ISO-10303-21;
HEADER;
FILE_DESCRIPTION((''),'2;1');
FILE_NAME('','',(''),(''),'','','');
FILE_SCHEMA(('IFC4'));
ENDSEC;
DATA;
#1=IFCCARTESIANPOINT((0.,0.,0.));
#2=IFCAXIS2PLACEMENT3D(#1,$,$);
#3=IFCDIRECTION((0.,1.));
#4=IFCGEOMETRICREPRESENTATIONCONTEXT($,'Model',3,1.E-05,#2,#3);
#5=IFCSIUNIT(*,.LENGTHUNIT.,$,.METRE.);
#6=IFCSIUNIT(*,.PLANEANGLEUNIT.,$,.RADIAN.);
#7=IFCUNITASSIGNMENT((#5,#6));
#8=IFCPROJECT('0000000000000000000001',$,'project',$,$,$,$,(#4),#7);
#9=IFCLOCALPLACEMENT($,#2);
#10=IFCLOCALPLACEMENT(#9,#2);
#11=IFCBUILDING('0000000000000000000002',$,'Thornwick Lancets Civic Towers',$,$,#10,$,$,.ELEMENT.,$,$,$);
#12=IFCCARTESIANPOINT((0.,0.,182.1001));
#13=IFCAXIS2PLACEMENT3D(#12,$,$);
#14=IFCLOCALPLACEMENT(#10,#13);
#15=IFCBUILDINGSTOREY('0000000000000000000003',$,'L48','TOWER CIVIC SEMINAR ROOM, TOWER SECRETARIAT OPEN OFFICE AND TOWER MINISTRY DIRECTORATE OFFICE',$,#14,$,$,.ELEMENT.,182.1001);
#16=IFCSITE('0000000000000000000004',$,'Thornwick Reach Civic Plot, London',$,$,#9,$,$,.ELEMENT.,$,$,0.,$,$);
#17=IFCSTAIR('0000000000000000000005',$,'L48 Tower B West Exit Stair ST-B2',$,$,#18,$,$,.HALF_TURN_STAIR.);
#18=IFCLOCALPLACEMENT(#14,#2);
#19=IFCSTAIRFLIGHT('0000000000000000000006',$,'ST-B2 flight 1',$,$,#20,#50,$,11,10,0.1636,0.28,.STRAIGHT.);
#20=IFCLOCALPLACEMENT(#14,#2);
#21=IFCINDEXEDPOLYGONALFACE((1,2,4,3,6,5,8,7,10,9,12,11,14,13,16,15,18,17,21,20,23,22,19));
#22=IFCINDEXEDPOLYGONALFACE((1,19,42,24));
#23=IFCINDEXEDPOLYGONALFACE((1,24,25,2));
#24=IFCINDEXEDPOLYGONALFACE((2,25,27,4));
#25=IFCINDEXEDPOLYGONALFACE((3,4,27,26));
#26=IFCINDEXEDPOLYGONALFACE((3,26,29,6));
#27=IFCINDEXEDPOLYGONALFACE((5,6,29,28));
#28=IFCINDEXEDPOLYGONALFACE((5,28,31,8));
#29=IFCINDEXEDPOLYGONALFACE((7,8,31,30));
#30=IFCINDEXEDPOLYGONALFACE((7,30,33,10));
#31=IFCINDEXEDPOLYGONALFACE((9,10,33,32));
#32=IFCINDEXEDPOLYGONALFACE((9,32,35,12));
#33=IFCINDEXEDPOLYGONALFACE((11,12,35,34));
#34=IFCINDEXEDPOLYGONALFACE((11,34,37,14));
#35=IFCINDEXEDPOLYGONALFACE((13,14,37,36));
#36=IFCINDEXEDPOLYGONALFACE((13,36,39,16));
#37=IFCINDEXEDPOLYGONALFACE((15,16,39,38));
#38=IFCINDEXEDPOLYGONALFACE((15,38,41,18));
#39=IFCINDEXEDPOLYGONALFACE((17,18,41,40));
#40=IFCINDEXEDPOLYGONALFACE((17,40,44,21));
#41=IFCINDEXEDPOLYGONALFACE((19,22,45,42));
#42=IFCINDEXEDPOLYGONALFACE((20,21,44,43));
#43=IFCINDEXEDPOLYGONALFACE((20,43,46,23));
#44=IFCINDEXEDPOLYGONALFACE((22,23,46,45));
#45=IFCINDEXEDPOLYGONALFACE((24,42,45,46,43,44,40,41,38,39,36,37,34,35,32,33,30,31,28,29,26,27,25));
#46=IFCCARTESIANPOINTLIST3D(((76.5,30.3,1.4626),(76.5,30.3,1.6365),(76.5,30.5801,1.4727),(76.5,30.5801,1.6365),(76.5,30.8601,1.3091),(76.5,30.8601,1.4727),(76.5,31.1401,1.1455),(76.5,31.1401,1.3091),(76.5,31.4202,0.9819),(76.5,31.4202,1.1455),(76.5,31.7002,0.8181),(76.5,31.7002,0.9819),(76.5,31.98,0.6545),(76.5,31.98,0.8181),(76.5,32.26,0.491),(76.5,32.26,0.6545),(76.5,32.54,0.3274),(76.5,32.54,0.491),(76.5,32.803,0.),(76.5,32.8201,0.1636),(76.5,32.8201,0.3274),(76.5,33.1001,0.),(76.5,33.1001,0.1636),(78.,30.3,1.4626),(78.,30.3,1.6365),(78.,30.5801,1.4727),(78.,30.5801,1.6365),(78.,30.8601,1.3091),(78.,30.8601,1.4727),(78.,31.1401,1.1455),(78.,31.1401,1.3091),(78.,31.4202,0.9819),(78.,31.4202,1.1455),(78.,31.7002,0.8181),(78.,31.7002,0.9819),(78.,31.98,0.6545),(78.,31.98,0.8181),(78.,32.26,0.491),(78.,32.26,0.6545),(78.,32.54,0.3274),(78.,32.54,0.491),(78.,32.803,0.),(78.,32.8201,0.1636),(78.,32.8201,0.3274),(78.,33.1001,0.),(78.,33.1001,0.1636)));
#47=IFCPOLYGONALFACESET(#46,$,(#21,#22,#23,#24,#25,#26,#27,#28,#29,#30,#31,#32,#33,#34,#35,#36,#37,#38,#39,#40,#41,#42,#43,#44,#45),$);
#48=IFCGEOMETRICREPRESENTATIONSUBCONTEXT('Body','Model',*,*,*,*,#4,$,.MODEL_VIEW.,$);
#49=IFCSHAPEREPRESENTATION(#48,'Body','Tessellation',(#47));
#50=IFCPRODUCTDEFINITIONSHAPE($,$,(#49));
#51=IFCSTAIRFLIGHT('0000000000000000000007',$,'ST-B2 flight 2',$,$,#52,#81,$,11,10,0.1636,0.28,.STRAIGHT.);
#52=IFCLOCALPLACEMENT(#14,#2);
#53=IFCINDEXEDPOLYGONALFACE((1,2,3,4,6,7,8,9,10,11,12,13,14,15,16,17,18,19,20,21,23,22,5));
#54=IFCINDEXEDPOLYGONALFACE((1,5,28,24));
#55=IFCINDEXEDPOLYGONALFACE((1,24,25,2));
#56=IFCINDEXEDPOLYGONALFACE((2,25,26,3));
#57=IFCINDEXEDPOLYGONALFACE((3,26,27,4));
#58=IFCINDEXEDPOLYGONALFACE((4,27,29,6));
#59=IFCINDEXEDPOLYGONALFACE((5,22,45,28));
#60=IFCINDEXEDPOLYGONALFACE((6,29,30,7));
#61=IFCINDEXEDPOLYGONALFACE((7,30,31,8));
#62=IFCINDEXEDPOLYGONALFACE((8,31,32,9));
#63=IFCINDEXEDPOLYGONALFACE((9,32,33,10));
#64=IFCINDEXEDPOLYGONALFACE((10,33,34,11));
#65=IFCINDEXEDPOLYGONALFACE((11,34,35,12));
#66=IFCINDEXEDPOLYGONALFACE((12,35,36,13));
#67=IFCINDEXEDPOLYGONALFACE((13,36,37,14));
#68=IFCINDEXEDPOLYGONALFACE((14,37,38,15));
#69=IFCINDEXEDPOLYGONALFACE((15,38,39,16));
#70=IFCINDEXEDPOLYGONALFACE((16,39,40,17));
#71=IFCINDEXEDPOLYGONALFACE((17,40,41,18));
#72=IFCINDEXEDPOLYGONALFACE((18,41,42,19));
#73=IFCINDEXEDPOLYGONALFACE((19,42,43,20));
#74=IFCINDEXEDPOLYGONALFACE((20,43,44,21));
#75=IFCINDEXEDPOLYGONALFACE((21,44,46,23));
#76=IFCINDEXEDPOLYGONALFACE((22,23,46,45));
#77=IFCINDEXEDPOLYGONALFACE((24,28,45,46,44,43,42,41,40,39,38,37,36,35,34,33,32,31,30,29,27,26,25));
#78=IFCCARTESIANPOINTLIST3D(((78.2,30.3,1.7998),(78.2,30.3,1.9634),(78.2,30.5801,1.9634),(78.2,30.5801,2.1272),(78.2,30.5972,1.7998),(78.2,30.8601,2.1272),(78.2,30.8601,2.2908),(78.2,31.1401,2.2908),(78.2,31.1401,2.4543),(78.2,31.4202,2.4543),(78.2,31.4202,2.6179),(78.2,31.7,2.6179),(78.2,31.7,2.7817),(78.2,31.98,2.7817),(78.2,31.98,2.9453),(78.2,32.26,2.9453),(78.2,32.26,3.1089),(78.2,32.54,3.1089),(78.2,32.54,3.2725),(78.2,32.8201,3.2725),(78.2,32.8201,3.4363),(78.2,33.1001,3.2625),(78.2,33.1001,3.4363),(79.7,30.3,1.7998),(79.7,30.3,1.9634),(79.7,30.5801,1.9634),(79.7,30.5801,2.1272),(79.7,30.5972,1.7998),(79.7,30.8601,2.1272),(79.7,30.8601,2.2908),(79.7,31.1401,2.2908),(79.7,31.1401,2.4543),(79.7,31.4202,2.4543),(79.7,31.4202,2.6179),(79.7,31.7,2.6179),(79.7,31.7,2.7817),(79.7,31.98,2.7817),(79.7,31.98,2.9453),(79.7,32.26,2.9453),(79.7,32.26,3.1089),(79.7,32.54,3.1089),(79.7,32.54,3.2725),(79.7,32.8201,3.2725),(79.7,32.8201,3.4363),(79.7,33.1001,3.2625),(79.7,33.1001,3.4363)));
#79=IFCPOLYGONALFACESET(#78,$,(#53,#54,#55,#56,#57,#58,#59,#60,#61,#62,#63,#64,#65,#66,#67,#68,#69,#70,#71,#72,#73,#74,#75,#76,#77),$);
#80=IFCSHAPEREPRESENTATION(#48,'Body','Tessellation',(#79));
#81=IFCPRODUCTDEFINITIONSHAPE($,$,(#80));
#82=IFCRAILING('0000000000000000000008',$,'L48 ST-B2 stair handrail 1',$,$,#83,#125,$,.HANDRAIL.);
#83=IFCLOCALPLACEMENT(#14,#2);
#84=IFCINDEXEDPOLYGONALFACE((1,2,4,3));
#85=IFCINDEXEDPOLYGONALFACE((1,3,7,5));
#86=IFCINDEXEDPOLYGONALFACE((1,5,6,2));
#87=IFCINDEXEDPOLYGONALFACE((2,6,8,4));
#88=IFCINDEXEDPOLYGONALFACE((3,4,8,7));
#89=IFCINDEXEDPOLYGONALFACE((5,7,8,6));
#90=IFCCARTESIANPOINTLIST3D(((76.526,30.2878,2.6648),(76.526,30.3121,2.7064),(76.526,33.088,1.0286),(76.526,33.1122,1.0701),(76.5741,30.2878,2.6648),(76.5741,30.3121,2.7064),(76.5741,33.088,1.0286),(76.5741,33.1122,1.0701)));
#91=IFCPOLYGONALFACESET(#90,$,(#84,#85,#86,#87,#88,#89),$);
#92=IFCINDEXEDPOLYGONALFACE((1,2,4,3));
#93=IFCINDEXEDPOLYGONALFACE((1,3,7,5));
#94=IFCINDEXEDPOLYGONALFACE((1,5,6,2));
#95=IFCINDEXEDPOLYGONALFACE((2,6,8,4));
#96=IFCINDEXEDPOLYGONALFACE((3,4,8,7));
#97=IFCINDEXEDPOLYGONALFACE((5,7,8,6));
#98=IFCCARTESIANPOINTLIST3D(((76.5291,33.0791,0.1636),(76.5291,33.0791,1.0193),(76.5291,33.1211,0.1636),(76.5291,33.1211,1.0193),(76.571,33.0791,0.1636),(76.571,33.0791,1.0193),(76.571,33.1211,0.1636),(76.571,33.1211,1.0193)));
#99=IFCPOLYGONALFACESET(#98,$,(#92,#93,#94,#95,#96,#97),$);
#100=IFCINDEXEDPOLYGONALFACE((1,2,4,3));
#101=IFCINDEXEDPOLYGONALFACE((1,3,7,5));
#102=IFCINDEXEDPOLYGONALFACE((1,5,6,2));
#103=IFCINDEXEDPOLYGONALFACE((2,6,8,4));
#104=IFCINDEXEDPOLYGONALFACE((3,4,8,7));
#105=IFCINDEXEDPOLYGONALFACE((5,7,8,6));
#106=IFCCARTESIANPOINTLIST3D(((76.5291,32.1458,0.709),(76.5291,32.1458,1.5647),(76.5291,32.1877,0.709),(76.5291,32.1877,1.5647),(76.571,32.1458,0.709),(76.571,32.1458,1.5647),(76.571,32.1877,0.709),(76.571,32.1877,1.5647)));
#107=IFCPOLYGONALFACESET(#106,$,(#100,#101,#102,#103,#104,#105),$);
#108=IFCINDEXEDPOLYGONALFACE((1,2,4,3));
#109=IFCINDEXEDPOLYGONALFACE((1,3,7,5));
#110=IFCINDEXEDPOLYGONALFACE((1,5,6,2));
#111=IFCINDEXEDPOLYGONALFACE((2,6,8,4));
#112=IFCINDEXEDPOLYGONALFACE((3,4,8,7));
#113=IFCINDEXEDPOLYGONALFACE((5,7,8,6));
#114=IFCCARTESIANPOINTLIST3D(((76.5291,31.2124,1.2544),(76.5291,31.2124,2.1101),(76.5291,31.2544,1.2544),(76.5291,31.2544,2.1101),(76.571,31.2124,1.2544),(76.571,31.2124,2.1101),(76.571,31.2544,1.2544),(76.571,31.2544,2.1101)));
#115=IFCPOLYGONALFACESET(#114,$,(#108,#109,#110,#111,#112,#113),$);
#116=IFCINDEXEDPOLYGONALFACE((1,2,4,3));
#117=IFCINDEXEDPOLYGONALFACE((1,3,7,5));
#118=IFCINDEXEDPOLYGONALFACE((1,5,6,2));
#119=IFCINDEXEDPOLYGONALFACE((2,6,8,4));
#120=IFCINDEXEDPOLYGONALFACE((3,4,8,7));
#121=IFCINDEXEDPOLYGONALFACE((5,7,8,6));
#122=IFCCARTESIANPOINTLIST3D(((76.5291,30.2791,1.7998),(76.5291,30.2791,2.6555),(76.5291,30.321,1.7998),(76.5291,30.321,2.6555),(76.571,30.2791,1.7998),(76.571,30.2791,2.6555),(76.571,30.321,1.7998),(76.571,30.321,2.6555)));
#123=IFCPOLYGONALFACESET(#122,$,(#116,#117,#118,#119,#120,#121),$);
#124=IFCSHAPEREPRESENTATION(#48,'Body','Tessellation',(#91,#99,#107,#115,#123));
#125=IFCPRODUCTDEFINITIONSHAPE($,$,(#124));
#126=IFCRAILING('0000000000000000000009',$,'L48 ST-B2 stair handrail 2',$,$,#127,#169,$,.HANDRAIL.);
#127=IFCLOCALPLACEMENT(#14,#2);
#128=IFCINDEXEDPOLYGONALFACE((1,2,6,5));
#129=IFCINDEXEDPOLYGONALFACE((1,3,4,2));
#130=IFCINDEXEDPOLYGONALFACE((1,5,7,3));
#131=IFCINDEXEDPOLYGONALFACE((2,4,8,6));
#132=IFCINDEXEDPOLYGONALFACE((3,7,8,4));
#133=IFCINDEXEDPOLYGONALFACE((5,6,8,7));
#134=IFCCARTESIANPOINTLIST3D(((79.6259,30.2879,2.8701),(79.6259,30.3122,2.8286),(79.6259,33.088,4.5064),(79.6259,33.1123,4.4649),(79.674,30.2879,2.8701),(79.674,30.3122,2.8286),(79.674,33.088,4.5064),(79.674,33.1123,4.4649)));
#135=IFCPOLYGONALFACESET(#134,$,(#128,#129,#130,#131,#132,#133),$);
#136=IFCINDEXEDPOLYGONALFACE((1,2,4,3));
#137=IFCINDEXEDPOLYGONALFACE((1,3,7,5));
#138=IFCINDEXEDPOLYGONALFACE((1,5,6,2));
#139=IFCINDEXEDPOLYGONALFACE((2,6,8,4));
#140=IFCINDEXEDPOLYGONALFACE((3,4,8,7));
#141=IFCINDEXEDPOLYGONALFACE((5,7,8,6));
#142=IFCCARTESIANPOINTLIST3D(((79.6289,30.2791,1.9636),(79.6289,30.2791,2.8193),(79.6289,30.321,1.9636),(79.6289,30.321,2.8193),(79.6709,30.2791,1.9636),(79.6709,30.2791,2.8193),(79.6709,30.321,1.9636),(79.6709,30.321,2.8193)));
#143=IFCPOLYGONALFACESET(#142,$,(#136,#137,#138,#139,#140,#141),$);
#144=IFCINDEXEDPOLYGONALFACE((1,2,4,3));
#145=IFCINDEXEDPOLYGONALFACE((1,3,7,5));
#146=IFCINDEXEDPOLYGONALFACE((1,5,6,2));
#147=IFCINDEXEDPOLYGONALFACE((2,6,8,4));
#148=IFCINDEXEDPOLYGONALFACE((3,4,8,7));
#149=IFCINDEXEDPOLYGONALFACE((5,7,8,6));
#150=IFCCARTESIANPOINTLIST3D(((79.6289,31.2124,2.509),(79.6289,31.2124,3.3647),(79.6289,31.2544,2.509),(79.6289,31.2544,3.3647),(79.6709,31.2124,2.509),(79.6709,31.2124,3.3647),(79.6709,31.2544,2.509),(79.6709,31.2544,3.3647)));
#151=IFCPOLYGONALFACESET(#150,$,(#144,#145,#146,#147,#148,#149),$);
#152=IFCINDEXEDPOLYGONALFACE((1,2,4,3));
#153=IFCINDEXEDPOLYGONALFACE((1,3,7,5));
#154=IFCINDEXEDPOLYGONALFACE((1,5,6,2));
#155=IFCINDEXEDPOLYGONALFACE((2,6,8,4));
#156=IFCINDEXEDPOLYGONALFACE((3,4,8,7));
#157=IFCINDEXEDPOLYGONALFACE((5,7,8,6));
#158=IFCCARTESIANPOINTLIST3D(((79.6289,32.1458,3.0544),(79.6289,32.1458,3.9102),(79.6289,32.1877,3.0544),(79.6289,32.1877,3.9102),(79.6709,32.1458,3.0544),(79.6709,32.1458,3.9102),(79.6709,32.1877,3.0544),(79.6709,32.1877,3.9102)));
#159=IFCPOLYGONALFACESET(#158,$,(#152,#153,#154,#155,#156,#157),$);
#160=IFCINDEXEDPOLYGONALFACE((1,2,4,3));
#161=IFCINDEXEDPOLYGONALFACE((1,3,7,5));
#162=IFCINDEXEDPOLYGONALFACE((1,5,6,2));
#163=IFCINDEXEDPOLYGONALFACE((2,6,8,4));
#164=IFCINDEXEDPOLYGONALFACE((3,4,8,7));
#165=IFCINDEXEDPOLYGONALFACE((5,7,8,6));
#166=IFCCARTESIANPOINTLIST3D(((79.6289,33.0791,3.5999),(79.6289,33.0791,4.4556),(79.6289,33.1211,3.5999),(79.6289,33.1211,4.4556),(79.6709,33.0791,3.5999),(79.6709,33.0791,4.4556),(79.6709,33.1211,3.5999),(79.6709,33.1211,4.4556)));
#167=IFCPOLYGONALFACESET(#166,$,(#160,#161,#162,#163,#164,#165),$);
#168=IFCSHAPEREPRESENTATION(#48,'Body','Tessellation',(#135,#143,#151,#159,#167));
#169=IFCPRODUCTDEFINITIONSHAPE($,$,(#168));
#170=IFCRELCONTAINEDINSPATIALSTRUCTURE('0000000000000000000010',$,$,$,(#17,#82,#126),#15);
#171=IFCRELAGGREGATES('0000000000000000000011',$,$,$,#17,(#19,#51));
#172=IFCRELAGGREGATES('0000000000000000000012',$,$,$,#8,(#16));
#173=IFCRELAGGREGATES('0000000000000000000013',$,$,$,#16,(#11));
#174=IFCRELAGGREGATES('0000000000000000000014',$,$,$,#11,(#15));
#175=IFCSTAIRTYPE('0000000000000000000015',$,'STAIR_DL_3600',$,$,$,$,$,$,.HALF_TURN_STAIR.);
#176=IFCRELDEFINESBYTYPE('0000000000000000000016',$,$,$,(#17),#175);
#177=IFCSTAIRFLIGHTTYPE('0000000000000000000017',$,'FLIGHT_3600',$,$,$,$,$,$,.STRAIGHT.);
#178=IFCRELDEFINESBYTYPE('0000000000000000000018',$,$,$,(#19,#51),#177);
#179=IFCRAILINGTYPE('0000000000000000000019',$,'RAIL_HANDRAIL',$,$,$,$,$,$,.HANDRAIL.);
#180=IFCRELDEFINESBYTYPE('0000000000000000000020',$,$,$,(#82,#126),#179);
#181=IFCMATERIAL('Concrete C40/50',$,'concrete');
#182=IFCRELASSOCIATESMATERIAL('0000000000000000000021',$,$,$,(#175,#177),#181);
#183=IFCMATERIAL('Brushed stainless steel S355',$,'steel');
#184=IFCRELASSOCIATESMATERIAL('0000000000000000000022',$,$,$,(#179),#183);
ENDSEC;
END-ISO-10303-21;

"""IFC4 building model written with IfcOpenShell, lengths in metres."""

from ifc_helpers import new_model, si_unit, direction, frame, origin, origin_2d, place, context, subcontext, project, spatial, polyline, rectangle, outline, extrude, material, type_object, element, aggregate, save


model = new_model("IFC4")

# Units and contexts
model_context = context("Model", 3, precision=1e-05, world=origin(), true_north=direction((0.0, 1.0)))
body_context = subcontext(model_context, "Body", "Model", "MODEL_VIEW")
ifc_project = project(units=[si_unit("LENGTHUNIT", "METRE"), si_unit("PLANEANGLEUNIT", "RADIAN")], contexts=[model_context])

# Site, building, storey
site_placement = place(None, origin())
site = spatial("IfcSite", under=ifc_project, at=site_placement, Name="Thornwick Reach Civic Plot, London", CompositionType="ELEMENT", RefElevation=0.0)
building_placement = place(site_placement, origin())
building = spatial("IfcBuilding", under=site, at=building_placement, Name="Thornwick Lancets Civic Towers", CompositionType="ELEMENT")
storey_placement = place(building_placement, frame((0.0, 0.0, 182.1001)))
storey = spatial("IfcBuildingStorey", under=building, at=storey_placement, Name="L48", Description="TOWER CIVIC SEMINAR ROOM, TOWER SECRETARIAT OPEN OFFICE AND TOWER MINISTRY DIRECTORATE OFFICE", CompositionType="ELEMENT", Elevation=182.1001)

# Shared definitions
ifc_material_1 = material(Name="Concrete C40/50", Category="concrete")

# Stair, stair flights
stair_type = type_object("IfcStairType", Name="STAIR_DL_3600", PredefinedType="HALF_TURN_STAIR", material=ifc_material_1)
stair_placement = place(storey_placement, origin())
stair = element("IfcStair", 1, at=stair_placement, inside=storey, type_object=stair_type, Name="L48 Tower B West Exit Stair ST-B2", PredefinedType="HALF_TURN_STAIR")
stair_flight_type = type_object("IfcStairFlightType", Name="FLIGHT_3600", PredefinedType="STRAIGHT", material=ifc_material_1)
stair_flight_1_placement = place(storey_placement, frame((77.25, 33.1001, 0.0), z_axis=(0.0, 0.0, 1.0), x_axis=(0.0, -1.0, 0.0)))
stair_flight_1 = element("IfcStairFlight", 2, at=stair_flight_1_placement, type_object=stair_flight_type, Name="ST-B2 flight 1", NumberOfRisers=11, NumberOfTreads=10, PredefinedType="STRAIGHT", RiserHeight=0.1636, TreadLength=0.28, context=body_context, shape_type="SweptSolid", body=[
    extrude(outline(polyline([(0.0, 0.0), (0.0, 0.1636), (0.28, 0.1636), (0.28, 0.3274), (0.5601, 0.3274), (0.5601, 0.491), (0.8401, 0.491), (0.8401, 0.6545), (1.1201, 0.6545), (1.1201, 0.8181), (1.3999, 0.8181), (1.3999, 0.9819), (1.6799, 0.9819), (1.6799, 1.1455), (1.96, 1.1455), (1.96, 1.3091), (2.24, 1.3091), (2.24, 1.4727), (2.52, 1.4727), (2.52, 1.6365), (2.8, 1.6365), (2.8, 1.8), (2.8, 1.4626), (0.2971, 0.0), (0.0, 0.0)])), frame((0.0, 0.75, 0.0), z_axis=(0.0, -1.0, 0.0), x_axis=(1.0, 0.0, 0.0)), (0.0, 0.0, 1.0), 1.5),
])
stair_flight_2_placement = place(storey_placement, frame((78.95, 30.3, 1.7998), z_axis=(0.0, 0.0, 1.0), x_axis=(0.0, 1.0, 0.0)))
stair_flight_2 = element("IfcStairFlight", 3, at=stair_flight_2_placement, type_object=stair_flight_type, Name="ST-B2 flight 2", NumberOfRisers=11, NumberOfTreads=10, PredefinedType="STRAIGHT", RiserHeight=0.1636, TreadLength=0.28, context=body_context, shape_type="SweptSolid", body=[
    extrude(outline(polyline([(0.0, 0.0), (0.0, 0.1636), (0.28, 0.1636), (0.28, 0.3274), (0.5601, 0.3274), (0.5601, 0.491), (0.8401, 0.491), (0.8401, 0.6545), (1.1201, 0.6545), (1.1201, 0.8181), (1.3999, 0.8181), (1.3999, 0.9819), (1.6799, 0.9819), (1.6799, 1.1455), (1.96, 1.1455), (1.96, 1.3091), (2.24, 1.3091), (2.24, 1.4727), (2.52, 1.4727), (2.52, 1.6365), (2.8, 1.6365), (2.8, 1.8), (2.8, 1.4626), (0.2971, 0.0), (0.0, 0.0)])), frame((0.0, 0.75, 0.0), z_axis=(0.0, -1.0, 0.0), x_axis=(1.0, 0.0, 0.0)), (0.0, 0.0, 1.0), 1.5),
])
aggregate(stair, [stair_flight_1, stair_flight_2])

# Railings
ifc_material_2 = material(Name="Brushed stainless steel S355", Category="steel")
railing_type_1 = type_object("IfcRailingType", Name="RAIL_HANDRAIL", PredefinedType="HANDRAIL", material=ifc_material_2)
railing_1_placement = place(storey_placement, frame((76.55, 33.1001, 0.1636)))
element("IfcRailing", 4, at=railing_1_placement, inside=storey, type_object=railing_type_1, Name="L48 ST-B2 stair handrail 1", PredefinedType="HANDRAIL", context=body_context, shape_type="SweptSolid", body=[
    extrude(rectangle(XDim=0.0481, YDim=0.0481, at=origin_2d()), frame((0.0, 0.0, 0.8857), z_axis=(0.0, -0.863394, 0.504531), x_axis=(1.0, 0.0, 0.0)), (0.0, 0.0, 1.0), 3.2432),
    extrude(rectangle(XDim=0.042, YDim=0.042, at=origin_2d()), origin(), (0.0, 0.0, 1.0), 0.8557),
    extrude(rectangle(XDim=0.042, YDim=0.042, at=origin_2d()), frame((0.0, -0.9333, 0.5454)), (0.0, 0.0, 1.0), 0.8557),
    extrude(rectangle(XDim=0.042, YDim=0.042, at=origin_2d()), frame((0.0, -1.8667, 1.0908)), (0.0, 0.0, 1.0), 0.8557),
    extrude(rectangle(XDim=0.042, YDim=0.042, at=origin_2d()), frame((0.0, -2.8, 1.6362)), (0.0, 0.0, 1.0), 0.8557),
])
railing_2_placement = place(storey_placement, frame((79.6499, 30.3, 1.9636)))
element("IfcRailing", 5, at=railing_2_placement, inside=storey, type_object=railing_type_1, Name="L48 ST-B2 stair handrail 2", PredefinedType="HANDRAIL", context=body_context, shape_type="SweptSolid", body=[
    extrude(rectangle(XDim=0.0481, YDim=0.0481, at=origin_2d()), frame((0.0, 0.0, 0.8857), z_axis=(0.0, 0.863394, 0.504531), x_axis=(-1.0, 0.0, 0.0)), (0.0, 0.0, 1.0), 3.2432),
    extrude(rectangle(XDim=0.042, YDim=0.042, at=origin_2d()), origin(), (0.0, 0.0, 1.0), 0.8557),
    extrude(rectangle(XDim=0.042, YDim=0.042, at=origin_2d()), frame((0.0, 0.9333, 0.5454)), (0.0, 0.0, 1.0), 0.8557),
    extrude(rectangle(XDim=0.042, YDim=0.042, at=origin_2d()), frame((0.0, 1.8667, 1.0908)), (0.0, 0.0, 1.0), 0.8557),
    extrude(rectangle(XDim=0.042, YDim=0.042, at=origin_2d()), frame((0.0, 2.8, 1.6362)), (0.0, 0.0, 1.0), 0.8557),
])

save(model, "model.ifc")
